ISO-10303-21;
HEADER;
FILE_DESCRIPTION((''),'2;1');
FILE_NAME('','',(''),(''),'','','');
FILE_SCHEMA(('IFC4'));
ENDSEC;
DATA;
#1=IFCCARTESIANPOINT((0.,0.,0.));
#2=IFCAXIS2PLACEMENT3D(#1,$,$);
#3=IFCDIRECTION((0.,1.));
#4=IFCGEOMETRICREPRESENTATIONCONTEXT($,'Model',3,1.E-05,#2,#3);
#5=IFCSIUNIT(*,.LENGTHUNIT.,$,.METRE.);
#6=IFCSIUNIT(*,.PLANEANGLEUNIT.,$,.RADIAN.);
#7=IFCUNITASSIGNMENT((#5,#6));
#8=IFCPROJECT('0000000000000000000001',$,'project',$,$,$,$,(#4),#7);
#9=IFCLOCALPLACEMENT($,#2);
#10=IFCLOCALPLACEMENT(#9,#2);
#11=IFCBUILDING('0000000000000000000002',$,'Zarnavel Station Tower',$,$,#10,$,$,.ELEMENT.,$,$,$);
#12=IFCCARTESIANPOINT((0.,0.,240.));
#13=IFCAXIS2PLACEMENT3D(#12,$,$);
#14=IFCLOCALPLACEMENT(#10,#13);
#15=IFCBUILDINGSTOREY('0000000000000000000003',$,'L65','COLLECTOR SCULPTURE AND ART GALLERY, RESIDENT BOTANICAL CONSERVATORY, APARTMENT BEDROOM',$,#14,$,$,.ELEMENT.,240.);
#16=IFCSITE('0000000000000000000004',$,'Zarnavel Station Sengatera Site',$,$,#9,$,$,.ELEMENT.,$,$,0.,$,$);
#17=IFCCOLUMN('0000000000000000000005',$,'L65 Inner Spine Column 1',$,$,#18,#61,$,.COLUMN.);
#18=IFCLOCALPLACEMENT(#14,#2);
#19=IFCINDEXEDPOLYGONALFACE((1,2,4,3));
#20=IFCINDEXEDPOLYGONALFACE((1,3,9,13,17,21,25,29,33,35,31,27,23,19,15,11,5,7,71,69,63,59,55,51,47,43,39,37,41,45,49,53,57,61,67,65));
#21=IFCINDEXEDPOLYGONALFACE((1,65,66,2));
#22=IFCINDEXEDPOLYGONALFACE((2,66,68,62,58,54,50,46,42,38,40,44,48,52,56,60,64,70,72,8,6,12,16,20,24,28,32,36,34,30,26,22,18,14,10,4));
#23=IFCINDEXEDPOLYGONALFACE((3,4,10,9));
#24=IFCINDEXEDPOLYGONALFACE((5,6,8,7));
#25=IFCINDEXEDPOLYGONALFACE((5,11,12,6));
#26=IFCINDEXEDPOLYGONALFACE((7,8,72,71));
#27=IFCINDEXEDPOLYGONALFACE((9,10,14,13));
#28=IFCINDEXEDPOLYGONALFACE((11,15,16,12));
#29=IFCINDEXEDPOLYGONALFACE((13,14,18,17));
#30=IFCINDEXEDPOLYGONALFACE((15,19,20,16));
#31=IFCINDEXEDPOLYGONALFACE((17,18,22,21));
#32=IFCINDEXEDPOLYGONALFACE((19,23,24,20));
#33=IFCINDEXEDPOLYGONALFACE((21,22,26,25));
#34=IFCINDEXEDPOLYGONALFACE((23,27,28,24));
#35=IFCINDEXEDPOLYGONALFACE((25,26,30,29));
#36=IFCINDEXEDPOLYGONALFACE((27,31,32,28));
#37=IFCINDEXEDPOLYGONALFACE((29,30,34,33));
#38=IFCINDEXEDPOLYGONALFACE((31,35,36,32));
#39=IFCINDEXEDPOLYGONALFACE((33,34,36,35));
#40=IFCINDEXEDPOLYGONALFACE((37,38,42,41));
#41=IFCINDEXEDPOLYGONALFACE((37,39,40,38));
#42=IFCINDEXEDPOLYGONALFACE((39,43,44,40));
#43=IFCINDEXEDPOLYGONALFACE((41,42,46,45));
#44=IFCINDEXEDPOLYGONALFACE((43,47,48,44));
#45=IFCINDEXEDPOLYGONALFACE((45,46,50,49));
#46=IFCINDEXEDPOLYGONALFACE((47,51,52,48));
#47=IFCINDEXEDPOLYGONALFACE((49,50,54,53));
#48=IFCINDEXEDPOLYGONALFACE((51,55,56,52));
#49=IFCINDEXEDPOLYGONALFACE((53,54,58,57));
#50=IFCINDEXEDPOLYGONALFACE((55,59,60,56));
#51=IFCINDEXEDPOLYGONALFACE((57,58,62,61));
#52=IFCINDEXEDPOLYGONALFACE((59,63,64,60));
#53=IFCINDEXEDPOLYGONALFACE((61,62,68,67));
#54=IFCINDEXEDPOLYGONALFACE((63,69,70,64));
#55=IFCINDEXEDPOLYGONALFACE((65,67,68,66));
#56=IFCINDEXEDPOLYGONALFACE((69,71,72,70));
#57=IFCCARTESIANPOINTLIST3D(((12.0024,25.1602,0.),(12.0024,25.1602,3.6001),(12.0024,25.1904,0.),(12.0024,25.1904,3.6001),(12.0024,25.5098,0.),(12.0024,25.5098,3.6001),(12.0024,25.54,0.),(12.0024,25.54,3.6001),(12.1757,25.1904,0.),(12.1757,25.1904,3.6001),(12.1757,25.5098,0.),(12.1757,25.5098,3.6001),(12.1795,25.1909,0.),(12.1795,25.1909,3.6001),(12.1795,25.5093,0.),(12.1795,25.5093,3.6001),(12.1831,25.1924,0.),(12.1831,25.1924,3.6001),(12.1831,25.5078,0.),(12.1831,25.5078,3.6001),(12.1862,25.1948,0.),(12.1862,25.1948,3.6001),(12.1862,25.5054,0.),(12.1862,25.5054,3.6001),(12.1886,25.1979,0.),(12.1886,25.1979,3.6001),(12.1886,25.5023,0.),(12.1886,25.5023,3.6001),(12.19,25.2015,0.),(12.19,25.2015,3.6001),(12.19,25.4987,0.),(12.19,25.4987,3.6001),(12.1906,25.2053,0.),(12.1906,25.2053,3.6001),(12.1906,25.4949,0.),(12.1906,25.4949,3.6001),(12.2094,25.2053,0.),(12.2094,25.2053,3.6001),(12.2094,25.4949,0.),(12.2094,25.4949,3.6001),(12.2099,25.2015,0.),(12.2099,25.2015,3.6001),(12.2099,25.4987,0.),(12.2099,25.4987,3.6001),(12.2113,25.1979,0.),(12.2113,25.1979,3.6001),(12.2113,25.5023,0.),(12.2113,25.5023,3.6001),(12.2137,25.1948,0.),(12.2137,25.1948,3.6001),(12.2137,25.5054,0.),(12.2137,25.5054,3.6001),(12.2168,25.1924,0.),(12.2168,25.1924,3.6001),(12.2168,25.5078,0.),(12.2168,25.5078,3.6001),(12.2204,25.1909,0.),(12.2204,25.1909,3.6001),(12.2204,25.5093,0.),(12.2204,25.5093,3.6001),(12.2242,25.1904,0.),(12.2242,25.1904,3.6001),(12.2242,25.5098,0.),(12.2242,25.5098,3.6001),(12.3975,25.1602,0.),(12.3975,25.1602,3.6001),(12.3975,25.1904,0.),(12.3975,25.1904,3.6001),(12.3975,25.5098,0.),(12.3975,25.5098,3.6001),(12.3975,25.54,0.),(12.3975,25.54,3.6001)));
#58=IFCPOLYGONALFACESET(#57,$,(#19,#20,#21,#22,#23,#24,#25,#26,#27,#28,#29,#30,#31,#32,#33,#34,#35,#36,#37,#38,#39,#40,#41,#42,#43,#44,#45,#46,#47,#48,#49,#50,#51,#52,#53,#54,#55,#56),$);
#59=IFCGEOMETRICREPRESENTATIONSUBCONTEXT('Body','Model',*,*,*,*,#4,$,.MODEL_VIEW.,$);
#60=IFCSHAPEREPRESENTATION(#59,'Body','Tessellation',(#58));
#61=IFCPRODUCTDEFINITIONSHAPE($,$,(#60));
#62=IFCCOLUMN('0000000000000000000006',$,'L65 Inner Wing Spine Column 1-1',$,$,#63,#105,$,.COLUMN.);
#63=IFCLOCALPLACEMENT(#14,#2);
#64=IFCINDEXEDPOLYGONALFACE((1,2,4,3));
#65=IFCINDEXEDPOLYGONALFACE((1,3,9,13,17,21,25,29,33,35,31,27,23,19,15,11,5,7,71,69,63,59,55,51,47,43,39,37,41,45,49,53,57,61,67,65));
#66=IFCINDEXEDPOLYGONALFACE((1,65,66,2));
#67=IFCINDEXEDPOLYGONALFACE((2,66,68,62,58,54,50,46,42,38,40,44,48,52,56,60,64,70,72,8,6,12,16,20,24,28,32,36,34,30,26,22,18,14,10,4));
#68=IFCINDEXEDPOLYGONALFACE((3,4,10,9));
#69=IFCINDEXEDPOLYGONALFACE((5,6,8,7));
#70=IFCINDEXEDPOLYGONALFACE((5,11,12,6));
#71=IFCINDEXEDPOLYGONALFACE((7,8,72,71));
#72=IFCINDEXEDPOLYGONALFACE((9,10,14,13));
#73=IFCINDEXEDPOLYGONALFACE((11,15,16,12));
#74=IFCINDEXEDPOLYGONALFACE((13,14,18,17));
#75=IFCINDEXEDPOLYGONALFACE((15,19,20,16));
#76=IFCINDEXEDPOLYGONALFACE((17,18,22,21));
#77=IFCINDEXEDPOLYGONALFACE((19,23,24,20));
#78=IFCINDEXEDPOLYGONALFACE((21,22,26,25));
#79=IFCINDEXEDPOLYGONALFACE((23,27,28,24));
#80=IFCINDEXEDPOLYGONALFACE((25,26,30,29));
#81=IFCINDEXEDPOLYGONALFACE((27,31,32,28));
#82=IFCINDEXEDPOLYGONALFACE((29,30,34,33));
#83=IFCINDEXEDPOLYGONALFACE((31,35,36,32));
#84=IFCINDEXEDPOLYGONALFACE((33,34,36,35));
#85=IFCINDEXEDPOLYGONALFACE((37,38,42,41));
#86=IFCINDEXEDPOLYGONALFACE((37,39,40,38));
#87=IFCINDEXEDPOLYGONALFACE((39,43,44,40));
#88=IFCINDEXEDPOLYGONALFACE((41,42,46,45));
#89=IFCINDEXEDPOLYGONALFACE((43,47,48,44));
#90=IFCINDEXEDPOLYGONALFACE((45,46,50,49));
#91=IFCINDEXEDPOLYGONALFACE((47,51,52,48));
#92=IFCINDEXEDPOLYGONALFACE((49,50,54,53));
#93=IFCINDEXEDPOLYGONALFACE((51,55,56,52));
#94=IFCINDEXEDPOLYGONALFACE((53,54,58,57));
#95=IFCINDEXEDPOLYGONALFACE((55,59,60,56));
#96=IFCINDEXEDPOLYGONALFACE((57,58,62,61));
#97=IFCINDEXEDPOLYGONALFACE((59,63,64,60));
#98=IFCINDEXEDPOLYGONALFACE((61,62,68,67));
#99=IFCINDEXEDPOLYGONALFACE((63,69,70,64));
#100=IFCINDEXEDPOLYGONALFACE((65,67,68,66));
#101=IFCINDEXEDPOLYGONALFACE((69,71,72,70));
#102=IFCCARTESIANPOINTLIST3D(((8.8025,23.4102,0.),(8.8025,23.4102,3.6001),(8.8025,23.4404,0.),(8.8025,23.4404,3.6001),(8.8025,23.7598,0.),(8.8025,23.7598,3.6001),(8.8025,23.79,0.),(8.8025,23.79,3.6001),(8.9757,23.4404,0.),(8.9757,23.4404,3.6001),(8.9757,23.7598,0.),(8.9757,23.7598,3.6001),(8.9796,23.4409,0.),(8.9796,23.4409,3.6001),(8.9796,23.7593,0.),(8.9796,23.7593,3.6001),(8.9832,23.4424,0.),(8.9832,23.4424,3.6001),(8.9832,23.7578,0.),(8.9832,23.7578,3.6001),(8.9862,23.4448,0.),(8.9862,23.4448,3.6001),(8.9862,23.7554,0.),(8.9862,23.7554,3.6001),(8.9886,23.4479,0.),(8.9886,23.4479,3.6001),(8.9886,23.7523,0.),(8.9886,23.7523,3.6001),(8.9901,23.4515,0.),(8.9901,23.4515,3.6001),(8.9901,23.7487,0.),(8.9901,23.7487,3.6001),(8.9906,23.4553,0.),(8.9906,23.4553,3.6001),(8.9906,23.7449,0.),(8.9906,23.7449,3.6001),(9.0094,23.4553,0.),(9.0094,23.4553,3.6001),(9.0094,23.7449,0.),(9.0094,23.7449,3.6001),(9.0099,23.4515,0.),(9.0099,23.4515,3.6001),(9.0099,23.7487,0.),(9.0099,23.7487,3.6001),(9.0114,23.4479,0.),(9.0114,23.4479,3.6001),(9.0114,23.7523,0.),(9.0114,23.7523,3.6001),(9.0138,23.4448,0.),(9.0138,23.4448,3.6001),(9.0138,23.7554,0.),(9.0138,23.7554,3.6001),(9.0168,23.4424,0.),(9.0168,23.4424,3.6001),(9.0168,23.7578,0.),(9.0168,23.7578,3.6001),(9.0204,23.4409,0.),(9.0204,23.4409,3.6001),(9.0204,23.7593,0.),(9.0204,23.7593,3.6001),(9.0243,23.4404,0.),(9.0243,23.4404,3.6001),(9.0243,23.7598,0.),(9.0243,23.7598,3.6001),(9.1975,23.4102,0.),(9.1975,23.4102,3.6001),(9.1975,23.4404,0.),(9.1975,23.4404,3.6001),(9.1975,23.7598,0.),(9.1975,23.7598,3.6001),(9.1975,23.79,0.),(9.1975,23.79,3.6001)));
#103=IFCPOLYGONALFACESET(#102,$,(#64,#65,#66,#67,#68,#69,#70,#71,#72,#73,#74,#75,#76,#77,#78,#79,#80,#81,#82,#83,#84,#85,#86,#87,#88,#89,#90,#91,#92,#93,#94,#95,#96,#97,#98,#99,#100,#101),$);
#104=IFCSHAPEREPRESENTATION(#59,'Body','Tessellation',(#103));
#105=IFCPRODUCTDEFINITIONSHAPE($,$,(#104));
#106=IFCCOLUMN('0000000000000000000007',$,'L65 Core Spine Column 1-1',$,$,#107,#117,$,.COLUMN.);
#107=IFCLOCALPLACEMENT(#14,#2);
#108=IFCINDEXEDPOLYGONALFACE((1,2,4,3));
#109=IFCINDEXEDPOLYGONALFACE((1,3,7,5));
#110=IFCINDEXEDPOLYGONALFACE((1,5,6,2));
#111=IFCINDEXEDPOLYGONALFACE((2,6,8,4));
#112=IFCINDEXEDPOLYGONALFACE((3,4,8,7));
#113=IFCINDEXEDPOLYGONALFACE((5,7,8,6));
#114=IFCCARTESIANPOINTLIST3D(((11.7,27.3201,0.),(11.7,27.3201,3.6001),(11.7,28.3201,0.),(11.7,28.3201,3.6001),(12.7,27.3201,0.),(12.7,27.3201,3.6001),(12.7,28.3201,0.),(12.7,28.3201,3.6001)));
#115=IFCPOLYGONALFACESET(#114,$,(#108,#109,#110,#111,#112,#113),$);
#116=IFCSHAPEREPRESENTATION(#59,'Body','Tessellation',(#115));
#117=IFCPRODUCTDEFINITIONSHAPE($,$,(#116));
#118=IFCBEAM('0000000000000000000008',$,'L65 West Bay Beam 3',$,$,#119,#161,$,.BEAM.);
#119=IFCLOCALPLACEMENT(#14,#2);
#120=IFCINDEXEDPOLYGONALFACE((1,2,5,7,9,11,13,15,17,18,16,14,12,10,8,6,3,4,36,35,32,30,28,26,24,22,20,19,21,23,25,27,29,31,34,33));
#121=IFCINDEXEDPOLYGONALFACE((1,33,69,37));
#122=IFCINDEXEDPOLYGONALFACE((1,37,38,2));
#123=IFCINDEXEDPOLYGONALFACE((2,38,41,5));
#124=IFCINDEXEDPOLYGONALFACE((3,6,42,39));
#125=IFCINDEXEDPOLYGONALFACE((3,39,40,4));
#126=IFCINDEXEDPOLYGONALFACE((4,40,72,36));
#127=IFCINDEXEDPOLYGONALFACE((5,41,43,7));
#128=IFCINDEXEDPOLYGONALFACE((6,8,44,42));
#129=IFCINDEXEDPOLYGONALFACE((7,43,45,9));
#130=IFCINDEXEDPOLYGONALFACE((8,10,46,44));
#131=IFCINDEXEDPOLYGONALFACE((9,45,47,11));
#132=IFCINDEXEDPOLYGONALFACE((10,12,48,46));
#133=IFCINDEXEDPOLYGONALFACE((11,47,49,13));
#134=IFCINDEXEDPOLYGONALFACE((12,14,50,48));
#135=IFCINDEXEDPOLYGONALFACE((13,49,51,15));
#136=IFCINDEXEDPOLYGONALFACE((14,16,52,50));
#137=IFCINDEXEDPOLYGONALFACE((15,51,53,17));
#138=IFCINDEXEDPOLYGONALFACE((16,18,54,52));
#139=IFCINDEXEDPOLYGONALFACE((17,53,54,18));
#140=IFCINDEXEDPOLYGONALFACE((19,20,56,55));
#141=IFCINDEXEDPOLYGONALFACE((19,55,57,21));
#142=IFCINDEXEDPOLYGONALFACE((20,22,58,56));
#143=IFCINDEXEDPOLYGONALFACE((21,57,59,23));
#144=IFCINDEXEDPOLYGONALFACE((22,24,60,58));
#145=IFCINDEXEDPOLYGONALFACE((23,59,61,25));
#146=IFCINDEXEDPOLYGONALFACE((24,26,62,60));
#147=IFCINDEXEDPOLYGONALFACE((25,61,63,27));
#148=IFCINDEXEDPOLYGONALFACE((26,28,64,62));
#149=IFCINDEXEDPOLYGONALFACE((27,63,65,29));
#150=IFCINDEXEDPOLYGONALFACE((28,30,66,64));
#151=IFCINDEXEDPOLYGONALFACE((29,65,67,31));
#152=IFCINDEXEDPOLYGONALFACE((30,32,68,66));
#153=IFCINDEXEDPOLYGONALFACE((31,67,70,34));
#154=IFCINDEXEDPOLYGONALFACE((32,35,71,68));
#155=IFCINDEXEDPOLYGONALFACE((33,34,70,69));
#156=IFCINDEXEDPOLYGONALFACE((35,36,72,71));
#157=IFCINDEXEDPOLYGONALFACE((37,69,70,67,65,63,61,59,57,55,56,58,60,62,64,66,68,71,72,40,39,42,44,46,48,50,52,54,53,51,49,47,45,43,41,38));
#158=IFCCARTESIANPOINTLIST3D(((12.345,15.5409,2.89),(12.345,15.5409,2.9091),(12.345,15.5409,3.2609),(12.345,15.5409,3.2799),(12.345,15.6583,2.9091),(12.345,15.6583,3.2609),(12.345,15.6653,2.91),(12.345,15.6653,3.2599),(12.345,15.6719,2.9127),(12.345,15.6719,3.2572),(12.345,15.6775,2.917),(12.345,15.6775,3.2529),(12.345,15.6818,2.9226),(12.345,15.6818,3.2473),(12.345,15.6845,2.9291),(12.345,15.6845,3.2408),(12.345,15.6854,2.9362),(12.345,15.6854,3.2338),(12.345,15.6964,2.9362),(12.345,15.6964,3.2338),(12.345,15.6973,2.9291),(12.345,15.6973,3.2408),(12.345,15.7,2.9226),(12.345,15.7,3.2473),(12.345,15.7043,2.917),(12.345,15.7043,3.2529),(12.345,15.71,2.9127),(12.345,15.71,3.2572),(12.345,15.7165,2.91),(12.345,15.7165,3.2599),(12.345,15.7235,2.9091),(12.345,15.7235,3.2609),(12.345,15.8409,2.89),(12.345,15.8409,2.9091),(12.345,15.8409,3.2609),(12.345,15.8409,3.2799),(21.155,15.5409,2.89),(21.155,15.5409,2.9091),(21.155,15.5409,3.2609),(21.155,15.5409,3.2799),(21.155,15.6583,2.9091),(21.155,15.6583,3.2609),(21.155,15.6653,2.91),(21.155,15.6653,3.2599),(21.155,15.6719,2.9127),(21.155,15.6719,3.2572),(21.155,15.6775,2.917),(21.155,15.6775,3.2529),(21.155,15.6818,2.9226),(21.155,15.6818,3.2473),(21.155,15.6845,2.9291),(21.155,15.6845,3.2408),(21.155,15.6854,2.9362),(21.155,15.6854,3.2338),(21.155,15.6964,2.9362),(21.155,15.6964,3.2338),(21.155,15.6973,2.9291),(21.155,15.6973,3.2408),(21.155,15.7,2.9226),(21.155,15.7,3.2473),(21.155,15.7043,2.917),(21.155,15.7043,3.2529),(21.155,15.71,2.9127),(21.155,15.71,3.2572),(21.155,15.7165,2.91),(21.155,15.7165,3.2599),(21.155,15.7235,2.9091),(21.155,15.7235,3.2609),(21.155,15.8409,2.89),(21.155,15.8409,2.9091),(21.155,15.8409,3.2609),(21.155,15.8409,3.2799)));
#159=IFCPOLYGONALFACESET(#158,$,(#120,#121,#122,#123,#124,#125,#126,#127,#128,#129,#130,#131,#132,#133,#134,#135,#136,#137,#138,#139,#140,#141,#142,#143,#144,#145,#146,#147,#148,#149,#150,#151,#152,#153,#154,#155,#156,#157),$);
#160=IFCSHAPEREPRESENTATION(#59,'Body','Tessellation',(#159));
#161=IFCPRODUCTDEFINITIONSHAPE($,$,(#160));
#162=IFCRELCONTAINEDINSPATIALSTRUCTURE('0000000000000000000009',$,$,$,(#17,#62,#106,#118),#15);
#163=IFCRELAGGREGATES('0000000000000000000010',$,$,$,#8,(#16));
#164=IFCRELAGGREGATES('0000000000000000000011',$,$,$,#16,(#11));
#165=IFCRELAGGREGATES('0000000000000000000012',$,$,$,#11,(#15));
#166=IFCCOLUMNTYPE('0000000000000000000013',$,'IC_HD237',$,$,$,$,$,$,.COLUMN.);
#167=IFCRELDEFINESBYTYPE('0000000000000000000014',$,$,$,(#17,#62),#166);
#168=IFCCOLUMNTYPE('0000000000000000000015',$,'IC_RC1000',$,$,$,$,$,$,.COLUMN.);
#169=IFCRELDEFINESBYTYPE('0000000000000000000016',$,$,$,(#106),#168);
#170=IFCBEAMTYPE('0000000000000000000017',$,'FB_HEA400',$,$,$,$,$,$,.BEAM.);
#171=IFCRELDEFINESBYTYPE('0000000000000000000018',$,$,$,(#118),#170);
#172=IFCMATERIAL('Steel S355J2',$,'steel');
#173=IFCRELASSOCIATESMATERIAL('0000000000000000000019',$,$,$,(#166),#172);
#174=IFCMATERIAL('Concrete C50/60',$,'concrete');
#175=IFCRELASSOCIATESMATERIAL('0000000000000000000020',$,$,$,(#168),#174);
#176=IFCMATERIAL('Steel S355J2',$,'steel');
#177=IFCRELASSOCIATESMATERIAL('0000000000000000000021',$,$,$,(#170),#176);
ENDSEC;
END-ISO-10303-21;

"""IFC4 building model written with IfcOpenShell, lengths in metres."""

from ifc_helpers import new_model, si_unit, direction, frame, origin, origin_2d, place, context, subcontext, project, spatial, rectangle, i_section, extrude, material, material_profile, profile_set, type_object, element, save


model = new_model("IFC4")

# Units and contexts
model_context = context("Model", 3, precision=1e-05, world=origin(), true_north=direction((0.0, 1.0)))
body_context = subcontext(model_context, "Body", "Model", "MODEL_VIEW")
ifc_project = project(units=[si_unit("LENGTHUNIT", "METRE"), si_unit("PLANEANGLEUNIT", "RADIAN")], contexts=[model_context])

# Site, building, storey
site_placement = place(None, origin())
site = spatial("IfcSite", under=ifc_project, at=site_placement, Name="Zarnavel Station Sengatera Site", CompositionType="ELEMENT", RefElevation=0.0)
building_placement = place(site_placement, origin())
building = spatial("IfcBuilding", under=site, at=building_placement, Name="Zarnavel Station Tower", CompositionType="ELEMENT")
storey_placement = place(building_placement, frame((0.0, 0.0, 240.0)))
storey = spatial("IfcBuildingStorey", under=building, at=storey_placement, Name="L65", Description="COLLECTOR SCULPTURE AND ART GALLERY, RESIDENT BOTANICAL CONSERVATORY, APARTMENT BEDROOM", CompositionType="ELEMENT", Elevation=240.0)

# Columns
ifc_material_1 = material(Name="Steel S355J2", Category="steel")
ifc_material_profile_1 = material_profile(ifc_material_1, i_section(OverallWidth=0.395, OverallDepth=0.3799, WebThickness=0.0188, FlangeThickness=0.0303, FilletRadius=0.0149, at=origin_2d()), Name="HD400x237")
ifc_profile_set_1 = profile_set([ifc_material_profile_1], Name="Steel S355J2")
column_type_1 = type_object("IfcColumnType", Name="IC_HD237", PredefinedType="COLUMN", material=ifc_profile_set_1)
for number, where, z_axis, x_axis, name in (
    (1, (12.2, 25.3501, 0.0), (0.0, 0.0, 1.0), (1.0, 0.0, 0.0), "L65 Inner Spine Column 1"),
    (2, (9.0, 23.6001, 0.0), (0.0, 0.0, 1.0), (1.0, 0.0, 0.0), "L65 Inner Wing Spine Column 1-1"),
):
    element("IfcColumn", number, at=place(storey_placement, frame(where, z_axis=z_axis, x_axis=x_axis)), inside=storey, type_object=column_type_1, Name=name, PredefinedType="COLUMN", context=body_context, shape_type="SweptSolid", body=[
        extrude(i_section(OverallWidth=0.395, OverallDepth=0.3799, WebThickness=0.0188, FlangeThickness=0.0303, FilletRadius=0.0149, at=origin_2d()), origin(), (0.0, 0.0, 1.0), 3.6001),
    ])
ifc_material_2 = material(Name="Concrete C50/60", Category="concrete")
ifc_material_profile_2 = material_profile(ifc_material_2, rectangle(XDim=1.0, YDim=1.0, at=origin_2d()), Name="RC1000x1000")
ifc_profile_set_2 = profile_set([ifc_material_profile_2], Name="Concrete C50/60")
column_type_2 = type_object("IfcColumnType", Name="IC_RC1000", PredefinedType="COLUMN", material=ifc_profile_set_2)
column_placement = place(storey_placement, frame((12.2, 27.8201, 0.0), z_axis=(0.0, 0.0, 1.0), x_axis=(1.0, 0.0, 0.0)))
element("IfcColumn", 3, at=column_placement, inside=storey, type_object=column_type_2, Name="L65 Core Spine Column 1-1", PredefinedType="COLUMN", context=body_context, shape_type="SweptSolid", body=[
    extrude(rectangle(XDim=1.0, YDim=1.0, at=origin_2d()), origin(), (0.0, 0.0, 1.0), 3.6001),
])

# Beam
ifc_material_3 = material(Name="Steel S355J2", Category="steel")
ifc_material_profile_3 = material_profile(ifc_material_3, i_section(OverallWidth=0.3, OverallDepth=0.3899, WebThickness=0.011, FlangeThickness=0.019, FilletRadius=0.0271, at=origin_2d()), Name="HEA400")
ifc_profile_set_3 = profile_set([ifc_material_profile_3], Name="Steel S355J2")
beam_type_1 = type_object("IfcBeamType", Name="FB_HEA400", PredefinedType="BEAM", material=ifc_profile_set_3)
beam_1_placement = place(storey_placement, frame((12.345, 15.6909, 3.085), z_axis=(1.0, 0.0, 0.0), x_axis=(0.0, 1.0, 0.0)))
element("IfcBeam", 4, at=beam_1_placement, inside=storey, type_object=beam_type_1, Name="L65 West Bay Beam 3", PredefinedType="BEAM", context=body_context, shape_type="SweptSolid", body=[
    extrude(i_section(OverallWidth=0.3, OverallDepth=0.3899, WebThickness=0.011, FlangeThickness=0.019, FilletRadius=0.0271, at=origin_2d()), origin(), (0.0, 0.0, 1.0), 8.8101),
])

save(model, "model.ifc")
